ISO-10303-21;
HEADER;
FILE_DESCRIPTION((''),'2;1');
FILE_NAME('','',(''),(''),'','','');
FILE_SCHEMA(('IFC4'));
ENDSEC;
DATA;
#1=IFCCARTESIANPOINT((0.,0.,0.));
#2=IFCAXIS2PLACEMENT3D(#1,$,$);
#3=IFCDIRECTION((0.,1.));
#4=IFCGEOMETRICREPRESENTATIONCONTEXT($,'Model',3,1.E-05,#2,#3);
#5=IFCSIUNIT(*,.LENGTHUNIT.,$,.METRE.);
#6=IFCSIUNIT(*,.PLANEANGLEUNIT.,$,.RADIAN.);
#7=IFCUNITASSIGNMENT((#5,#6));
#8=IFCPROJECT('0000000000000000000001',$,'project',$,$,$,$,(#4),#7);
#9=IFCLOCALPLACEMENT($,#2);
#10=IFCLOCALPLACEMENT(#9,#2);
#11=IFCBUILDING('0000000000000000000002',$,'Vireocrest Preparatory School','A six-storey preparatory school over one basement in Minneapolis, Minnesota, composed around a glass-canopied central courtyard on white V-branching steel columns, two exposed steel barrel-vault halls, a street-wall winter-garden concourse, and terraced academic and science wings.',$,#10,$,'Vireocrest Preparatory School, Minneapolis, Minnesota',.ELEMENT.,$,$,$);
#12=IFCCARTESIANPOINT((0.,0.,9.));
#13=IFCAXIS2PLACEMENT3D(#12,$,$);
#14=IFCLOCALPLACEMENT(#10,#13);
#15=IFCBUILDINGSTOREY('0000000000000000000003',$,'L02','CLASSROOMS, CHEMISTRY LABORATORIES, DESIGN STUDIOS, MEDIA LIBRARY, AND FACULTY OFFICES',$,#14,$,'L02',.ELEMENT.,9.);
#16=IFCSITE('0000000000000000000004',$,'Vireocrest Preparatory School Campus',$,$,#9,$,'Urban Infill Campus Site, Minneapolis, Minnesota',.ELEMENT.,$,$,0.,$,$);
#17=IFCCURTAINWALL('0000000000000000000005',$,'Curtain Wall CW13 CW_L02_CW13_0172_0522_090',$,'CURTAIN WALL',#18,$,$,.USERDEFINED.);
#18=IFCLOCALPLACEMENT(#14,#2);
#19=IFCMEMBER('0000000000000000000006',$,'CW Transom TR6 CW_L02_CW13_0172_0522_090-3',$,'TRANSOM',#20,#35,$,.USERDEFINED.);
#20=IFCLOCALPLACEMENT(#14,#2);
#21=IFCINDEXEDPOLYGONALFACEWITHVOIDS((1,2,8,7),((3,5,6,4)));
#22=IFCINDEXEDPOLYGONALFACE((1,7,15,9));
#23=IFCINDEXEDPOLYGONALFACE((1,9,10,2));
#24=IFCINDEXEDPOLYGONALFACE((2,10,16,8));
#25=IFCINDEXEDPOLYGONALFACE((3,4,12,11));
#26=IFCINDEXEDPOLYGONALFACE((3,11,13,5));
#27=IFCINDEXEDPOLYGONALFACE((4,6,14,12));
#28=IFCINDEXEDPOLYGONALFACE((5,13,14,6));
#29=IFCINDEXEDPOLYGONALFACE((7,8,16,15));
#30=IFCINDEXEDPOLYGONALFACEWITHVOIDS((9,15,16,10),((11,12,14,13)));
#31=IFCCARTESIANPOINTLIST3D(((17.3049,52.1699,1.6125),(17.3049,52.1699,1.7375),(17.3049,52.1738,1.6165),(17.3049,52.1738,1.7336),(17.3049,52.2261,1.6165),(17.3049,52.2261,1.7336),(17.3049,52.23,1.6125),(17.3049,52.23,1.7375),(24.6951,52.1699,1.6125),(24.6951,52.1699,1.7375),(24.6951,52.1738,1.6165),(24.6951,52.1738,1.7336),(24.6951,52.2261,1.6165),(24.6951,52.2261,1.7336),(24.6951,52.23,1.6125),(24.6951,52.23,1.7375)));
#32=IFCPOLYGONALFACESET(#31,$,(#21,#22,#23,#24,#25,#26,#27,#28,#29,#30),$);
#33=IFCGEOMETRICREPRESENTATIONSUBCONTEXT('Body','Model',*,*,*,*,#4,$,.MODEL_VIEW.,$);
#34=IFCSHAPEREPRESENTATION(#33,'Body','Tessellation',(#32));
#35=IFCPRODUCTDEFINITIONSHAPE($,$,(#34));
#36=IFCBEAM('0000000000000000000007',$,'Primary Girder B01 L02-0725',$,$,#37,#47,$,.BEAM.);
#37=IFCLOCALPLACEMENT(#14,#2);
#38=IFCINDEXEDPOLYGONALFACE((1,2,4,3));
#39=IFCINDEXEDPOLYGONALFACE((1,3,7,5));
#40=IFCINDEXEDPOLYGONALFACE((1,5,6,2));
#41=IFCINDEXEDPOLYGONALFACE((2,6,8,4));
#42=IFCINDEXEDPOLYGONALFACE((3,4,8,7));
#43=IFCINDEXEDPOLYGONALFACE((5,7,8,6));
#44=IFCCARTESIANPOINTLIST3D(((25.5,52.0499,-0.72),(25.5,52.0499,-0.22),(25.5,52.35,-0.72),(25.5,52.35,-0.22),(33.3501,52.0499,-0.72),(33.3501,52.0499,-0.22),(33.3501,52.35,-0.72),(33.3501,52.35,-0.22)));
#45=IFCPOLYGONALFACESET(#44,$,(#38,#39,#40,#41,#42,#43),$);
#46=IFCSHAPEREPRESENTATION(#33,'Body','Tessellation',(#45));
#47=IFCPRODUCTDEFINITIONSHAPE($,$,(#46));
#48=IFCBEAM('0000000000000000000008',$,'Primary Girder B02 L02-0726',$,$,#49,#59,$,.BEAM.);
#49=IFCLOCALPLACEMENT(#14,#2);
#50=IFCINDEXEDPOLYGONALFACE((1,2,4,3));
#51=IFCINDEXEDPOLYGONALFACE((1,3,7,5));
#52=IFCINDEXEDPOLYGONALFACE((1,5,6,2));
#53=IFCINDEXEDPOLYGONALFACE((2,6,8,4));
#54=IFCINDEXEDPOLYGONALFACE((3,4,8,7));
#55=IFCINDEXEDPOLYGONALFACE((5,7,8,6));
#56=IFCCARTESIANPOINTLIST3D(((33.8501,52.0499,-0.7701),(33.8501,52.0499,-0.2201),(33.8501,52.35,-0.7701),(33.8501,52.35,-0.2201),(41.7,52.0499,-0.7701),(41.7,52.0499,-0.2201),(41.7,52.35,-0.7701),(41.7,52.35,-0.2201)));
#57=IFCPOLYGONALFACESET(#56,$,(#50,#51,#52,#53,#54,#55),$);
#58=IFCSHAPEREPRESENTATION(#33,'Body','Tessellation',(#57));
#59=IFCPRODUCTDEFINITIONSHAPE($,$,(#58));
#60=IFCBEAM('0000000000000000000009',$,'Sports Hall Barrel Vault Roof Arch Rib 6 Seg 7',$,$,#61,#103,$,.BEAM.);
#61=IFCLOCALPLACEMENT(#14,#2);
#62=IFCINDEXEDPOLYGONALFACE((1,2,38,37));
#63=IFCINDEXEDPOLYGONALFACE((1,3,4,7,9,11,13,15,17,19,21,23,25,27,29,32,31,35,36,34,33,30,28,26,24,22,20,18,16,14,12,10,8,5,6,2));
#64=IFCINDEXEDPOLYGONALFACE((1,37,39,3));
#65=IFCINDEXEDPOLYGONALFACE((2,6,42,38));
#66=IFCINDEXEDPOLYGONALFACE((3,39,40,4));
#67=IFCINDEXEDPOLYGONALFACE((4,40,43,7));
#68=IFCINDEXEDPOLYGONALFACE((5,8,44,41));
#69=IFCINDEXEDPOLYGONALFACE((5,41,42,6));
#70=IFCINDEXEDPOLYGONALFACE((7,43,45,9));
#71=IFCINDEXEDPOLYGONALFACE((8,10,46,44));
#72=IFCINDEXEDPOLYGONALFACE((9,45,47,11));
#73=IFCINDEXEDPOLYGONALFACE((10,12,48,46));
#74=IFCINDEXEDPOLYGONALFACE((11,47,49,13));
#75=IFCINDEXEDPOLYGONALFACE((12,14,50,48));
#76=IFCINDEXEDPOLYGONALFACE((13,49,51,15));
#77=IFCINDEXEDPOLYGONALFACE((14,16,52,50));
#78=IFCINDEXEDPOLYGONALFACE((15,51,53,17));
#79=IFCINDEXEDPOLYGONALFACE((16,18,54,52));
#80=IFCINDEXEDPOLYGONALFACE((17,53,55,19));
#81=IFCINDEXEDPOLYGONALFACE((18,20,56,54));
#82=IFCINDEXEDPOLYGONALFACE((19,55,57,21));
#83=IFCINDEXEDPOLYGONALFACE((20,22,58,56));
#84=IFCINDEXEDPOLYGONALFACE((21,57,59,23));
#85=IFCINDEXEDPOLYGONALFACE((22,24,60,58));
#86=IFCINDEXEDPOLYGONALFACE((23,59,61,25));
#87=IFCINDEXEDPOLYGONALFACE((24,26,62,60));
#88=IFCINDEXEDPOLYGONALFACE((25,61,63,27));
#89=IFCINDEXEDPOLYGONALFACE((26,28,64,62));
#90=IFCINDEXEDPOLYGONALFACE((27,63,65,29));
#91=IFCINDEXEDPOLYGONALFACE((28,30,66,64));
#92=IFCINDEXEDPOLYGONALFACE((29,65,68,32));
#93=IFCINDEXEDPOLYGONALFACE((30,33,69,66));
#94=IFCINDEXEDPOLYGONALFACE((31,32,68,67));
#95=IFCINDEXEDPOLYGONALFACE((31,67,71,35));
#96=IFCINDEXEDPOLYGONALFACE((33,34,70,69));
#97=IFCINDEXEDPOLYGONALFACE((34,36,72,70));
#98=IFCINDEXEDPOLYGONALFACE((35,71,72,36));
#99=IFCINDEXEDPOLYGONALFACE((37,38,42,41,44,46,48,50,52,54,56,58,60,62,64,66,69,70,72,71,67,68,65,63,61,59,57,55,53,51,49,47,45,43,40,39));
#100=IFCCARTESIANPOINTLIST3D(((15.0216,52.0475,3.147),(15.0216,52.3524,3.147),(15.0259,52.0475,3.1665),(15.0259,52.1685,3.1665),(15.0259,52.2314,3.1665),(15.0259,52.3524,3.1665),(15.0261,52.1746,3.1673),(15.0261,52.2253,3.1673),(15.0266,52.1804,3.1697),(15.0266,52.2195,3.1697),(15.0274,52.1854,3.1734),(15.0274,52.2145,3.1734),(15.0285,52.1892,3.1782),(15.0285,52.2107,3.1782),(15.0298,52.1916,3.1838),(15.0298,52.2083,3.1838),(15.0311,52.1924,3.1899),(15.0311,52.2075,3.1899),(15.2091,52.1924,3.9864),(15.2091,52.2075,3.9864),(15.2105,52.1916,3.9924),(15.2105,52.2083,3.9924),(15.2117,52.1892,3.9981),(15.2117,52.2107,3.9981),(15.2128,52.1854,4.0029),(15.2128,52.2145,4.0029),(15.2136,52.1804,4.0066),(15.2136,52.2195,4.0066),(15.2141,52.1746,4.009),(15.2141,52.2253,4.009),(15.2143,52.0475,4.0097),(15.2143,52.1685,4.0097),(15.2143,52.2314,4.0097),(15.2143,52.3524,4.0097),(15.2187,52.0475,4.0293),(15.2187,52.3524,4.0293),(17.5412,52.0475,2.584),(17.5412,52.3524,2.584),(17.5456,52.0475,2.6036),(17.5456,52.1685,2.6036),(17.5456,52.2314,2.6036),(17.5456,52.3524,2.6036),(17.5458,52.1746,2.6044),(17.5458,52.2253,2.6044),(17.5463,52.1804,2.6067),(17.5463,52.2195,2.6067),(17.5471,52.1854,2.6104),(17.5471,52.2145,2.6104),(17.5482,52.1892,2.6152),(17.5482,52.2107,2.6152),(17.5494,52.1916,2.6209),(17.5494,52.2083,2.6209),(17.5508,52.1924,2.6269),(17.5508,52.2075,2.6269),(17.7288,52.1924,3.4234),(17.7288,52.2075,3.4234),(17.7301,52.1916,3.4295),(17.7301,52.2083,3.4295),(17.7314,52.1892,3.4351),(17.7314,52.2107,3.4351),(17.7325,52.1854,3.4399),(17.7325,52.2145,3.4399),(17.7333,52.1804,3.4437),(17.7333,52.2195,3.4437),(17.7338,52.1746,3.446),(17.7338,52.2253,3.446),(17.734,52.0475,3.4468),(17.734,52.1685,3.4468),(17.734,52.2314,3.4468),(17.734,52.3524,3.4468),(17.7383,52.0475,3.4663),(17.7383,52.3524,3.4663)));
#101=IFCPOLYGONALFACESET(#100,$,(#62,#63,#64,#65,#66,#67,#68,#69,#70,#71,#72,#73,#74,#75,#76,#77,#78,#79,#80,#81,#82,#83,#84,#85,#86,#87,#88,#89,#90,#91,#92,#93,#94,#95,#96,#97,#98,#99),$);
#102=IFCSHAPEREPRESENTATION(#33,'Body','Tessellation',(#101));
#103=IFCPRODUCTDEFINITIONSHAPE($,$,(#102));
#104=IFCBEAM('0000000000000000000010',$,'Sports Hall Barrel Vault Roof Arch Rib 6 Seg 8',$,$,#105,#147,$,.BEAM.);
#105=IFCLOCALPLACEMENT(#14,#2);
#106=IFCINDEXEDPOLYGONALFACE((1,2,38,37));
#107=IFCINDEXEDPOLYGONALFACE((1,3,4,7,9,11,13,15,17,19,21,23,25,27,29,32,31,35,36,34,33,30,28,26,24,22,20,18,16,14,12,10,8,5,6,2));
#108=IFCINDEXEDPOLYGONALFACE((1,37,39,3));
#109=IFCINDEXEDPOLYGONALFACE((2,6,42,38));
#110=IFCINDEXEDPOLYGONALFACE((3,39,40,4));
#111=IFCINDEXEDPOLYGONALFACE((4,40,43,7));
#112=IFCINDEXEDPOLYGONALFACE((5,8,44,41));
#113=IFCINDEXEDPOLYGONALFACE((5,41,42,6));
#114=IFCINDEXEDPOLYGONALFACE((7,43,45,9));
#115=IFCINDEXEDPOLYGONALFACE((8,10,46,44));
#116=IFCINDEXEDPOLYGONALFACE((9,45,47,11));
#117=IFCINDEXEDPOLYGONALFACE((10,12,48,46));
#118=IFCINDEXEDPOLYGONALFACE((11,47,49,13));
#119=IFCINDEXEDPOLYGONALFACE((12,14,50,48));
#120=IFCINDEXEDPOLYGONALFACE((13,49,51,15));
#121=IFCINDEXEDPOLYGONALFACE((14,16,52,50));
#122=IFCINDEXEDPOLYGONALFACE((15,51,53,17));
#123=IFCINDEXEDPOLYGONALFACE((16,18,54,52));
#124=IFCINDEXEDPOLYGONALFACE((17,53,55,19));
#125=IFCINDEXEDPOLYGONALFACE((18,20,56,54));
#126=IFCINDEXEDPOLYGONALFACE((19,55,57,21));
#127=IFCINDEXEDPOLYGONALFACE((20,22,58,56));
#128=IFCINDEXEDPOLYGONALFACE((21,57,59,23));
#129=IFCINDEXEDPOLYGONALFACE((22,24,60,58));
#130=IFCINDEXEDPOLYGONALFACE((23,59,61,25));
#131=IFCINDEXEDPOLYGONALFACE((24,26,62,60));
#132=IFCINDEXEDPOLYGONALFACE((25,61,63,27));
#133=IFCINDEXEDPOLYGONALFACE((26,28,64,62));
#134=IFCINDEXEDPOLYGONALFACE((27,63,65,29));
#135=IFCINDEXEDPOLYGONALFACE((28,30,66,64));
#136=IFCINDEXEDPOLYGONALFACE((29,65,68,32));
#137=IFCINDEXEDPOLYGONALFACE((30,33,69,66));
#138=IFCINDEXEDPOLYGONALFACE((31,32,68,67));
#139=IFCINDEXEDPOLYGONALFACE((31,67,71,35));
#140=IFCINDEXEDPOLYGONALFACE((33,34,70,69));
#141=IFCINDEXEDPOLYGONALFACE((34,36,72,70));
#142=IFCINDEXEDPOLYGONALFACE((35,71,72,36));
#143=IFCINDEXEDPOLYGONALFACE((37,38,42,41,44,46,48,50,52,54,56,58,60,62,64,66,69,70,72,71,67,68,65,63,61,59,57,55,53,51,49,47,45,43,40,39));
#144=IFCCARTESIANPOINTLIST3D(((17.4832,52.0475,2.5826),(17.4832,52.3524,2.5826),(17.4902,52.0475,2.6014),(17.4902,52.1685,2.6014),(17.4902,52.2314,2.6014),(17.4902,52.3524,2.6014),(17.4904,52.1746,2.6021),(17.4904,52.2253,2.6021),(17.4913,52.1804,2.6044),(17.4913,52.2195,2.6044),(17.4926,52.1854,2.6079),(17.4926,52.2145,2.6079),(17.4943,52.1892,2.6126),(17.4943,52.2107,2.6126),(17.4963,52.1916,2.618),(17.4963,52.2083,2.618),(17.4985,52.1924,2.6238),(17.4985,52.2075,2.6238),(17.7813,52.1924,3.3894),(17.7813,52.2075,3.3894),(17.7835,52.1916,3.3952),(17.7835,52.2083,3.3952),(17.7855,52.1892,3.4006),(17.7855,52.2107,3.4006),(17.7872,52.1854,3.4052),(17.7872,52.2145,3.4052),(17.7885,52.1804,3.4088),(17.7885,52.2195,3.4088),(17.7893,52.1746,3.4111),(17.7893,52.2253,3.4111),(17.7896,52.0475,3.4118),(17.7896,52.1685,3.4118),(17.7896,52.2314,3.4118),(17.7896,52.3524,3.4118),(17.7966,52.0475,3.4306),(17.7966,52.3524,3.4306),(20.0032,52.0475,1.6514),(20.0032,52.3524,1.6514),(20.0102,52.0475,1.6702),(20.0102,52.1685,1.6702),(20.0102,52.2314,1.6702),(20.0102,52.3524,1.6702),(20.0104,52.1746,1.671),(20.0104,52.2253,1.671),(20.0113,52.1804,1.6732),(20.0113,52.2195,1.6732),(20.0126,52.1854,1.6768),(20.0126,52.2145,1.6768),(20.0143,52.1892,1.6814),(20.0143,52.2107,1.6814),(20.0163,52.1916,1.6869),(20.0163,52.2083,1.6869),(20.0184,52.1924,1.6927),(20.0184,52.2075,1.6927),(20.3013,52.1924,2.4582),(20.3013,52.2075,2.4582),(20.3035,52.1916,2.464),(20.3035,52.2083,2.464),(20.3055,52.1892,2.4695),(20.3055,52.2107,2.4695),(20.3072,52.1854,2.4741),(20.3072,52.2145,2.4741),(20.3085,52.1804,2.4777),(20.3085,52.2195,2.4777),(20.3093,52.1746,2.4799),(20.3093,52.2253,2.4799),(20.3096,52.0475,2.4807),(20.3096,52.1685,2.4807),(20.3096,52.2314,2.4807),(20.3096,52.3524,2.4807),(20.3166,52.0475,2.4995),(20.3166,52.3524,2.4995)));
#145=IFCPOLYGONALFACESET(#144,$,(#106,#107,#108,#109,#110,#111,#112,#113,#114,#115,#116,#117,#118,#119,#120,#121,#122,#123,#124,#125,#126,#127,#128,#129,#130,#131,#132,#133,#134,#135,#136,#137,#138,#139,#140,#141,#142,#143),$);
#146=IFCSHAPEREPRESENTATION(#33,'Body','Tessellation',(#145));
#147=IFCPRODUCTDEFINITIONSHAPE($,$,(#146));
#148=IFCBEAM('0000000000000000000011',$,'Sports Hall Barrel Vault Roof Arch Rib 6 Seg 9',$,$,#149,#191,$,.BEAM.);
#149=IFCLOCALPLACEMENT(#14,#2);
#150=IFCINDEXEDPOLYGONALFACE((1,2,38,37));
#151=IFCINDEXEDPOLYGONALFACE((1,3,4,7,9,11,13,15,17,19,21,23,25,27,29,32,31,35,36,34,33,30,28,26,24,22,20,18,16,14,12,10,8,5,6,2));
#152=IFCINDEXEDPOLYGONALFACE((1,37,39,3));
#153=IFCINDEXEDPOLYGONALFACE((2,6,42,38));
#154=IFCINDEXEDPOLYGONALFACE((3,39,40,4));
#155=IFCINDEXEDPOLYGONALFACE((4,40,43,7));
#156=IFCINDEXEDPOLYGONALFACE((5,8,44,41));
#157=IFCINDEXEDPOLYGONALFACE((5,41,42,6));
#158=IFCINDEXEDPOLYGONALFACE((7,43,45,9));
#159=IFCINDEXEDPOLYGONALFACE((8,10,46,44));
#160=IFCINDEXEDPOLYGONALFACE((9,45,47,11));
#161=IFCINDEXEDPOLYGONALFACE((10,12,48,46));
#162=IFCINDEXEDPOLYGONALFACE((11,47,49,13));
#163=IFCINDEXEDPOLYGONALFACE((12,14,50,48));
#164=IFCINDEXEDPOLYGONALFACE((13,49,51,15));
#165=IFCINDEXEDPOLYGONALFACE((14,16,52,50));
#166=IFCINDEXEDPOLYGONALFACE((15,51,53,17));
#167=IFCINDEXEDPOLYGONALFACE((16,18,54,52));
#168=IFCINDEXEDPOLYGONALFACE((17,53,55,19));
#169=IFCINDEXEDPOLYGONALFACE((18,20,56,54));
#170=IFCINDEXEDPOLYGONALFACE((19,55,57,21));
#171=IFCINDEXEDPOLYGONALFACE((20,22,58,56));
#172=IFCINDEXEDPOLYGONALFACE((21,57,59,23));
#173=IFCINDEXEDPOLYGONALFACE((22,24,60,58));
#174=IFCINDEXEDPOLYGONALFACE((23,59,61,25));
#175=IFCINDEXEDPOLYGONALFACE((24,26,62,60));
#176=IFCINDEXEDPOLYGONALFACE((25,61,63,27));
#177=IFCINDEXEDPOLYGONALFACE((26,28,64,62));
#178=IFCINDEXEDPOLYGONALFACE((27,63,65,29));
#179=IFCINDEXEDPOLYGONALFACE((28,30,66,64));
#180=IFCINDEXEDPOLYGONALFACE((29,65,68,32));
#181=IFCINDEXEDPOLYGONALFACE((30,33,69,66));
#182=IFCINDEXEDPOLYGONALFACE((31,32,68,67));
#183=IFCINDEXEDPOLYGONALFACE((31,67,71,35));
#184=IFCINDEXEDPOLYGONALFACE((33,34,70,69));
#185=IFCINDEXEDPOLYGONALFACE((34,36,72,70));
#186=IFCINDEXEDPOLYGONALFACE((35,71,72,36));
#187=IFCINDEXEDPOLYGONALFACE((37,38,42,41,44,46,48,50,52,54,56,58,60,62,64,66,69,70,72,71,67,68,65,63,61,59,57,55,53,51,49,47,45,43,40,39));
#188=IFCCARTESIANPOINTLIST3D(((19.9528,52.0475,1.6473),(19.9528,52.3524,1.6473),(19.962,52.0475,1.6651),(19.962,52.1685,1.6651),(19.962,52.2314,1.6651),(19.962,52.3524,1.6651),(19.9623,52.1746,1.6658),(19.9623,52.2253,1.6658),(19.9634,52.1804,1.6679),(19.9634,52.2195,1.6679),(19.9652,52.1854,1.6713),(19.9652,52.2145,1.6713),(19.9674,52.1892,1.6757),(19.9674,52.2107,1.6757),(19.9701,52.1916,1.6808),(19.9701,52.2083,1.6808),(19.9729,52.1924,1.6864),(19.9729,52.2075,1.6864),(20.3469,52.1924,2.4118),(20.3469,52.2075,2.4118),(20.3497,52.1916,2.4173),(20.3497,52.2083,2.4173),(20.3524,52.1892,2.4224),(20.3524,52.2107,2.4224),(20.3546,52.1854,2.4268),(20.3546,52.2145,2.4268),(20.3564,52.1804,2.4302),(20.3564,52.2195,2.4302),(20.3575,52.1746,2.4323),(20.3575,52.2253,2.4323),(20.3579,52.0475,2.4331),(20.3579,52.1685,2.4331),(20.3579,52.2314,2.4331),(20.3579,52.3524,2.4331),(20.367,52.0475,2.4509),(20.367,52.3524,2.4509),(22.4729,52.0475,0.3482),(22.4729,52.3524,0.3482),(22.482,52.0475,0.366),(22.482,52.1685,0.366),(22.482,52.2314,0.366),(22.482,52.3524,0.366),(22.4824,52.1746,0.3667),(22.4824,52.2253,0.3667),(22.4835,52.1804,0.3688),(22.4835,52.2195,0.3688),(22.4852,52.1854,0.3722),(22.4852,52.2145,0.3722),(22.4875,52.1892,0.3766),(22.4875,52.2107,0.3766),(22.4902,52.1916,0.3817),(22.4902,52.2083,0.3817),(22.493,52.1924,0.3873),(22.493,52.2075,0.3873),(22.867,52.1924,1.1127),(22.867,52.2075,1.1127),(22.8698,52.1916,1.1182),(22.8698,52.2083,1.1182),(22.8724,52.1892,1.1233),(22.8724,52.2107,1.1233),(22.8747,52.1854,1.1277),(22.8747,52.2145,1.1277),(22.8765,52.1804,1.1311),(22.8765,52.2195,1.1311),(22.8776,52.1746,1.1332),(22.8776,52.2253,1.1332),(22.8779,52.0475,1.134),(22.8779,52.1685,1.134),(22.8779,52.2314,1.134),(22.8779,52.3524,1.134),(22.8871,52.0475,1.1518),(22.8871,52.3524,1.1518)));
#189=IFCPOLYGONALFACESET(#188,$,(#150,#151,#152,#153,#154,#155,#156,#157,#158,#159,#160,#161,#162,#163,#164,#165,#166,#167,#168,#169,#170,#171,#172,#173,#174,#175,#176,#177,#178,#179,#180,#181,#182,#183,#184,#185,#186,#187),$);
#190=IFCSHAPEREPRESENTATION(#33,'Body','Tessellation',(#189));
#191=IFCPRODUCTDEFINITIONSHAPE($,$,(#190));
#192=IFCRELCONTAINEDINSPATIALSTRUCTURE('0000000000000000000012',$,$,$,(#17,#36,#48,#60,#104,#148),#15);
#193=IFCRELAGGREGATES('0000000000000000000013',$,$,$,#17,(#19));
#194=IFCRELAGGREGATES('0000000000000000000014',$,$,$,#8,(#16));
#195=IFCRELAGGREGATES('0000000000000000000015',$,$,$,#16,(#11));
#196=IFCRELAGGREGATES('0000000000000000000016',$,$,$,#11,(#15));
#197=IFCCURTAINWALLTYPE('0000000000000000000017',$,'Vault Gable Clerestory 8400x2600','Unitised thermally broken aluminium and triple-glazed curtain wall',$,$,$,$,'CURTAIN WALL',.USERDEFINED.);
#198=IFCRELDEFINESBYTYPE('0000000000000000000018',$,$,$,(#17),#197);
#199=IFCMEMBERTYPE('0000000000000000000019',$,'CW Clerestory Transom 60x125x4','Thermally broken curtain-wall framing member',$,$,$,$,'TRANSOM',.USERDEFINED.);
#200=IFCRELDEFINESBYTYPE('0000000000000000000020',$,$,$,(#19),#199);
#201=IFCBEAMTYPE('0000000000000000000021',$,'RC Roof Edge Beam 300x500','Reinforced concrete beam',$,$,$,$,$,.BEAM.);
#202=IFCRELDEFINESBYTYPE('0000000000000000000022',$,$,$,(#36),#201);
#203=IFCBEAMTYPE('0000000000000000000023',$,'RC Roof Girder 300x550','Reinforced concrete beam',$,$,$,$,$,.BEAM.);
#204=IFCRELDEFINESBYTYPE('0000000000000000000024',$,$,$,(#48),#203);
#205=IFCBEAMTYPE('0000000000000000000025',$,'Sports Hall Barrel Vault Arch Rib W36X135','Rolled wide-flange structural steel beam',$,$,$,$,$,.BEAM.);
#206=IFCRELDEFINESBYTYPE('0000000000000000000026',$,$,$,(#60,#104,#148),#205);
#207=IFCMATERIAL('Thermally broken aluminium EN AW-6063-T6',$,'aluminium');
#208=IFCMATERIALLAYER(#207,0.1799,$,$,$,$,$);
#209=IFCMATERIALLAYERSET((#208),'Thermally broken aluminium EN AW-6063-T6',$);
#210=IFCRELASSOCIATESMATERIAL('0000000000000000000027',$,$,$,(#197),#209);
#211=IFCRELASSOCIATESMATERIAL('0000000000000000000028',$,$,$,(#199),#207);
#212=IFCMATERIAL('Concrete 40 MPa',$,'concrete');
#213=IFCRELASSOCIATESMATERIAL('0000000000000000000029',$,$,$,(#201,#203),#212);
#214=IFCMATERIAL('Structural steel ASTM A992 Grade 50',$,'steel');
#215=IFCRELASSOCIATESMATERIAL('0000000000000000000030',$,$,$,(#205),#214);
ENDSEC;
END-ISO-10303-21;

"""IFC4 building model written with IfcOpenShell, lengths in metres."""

from ifc_helpers import new_model, si_unit, direction, frame, origin, origin_2d, place, context, subcontext, project, spatial, rectangle, hollow_rectangle, i_section, extrude, material, layer, layer_set, material_profile, profile_set, type_object, element, aggregate, save


model = new_model("IFC4")

# Units and contexts
model_context = context("Model", 3, precision=1e-05, world=origin(), true_north=direction((0.0, 1.0)))
body_context = subcontext(model_context, "Body", "Model", "MODEL_VIEW")
ifc_project = project(units=[si_unit("LENGTHUNIT", "METRE"), si_unit("PLANEANGLEUNIT", "RADIAN")], contexts=[model_context])

# Site, building, storey
site_placement = place(None, origin())
site = spatial("IfcSite", under=ifc_project, at=site_placement, Name="Vireocrest Preparatory School Campus", LongName="Urban Infill Campus Site, Minneapolis, Minnesota", CompositionType="ELEMENT", RefElevation=0.0)
building_placement = place(site_placement, origin())
building = spatial("IfcBuilding", under=site, at=building_placement, Name="Vireocrest Preparatory School", Description="A six-storey preparatory school over one basement in Minneapolis, Minnesota, composed around a glass-canopied central courtyard on white V-branching steel columns, two exposed steel barrel-vault halls, a street-wall winter-garden concourse, and terraced academic and science wings.", LongName="Vireocrest Preparatory School, Minneapolis, Minnesota", CompositionType="ELEMENT")
storey_placement = place(building_placement, frame((0.0, 0.0, 9.0)))
storey = spatial("IfcBuildingStorey", under=building, at=storey_placement, Name="L02", Description="CLASSROOMS, CHEMISTRY LABORATORIES, DESIGN STUDIOS, MEDIA LIBRARY, AND FACULTY OFFICES", LongName="L02", CompositionType="ELEMENT", Elevation=9.0)

# Curtain wall, member
ifc_material_1 = material(Name="Thermally broken aluminium EN AW-6063-T6", Category="aluminium")
ifc_layer_1 = layer(ifc_material_1, 0.1799)
ifc_layer_set_1 = layer_set([ifc_layer_1], Name="Thermally broken aluminium EN AW-6063-T6")
curtain_wall_type_1 = type_object("IfcCurtainWallType", Name="Vault Gable Clerestory 8400x2600", Description="Unitised thermally broken aluminium and triple-glazed curtain wall", ElementType="CURTAIN WALL", PredefinedType="USERDEFINED", material=ifc_layer_set_1)
curtain_wall_1_placement = place(storey_placement, origin())
curtain_wall_1 = element("IfcCurtainWall", 1, at=curtain_wall_1_placement, inside=storey, type_object=curtain_wall_type_1, Name="Curtain Wall CW13 CW_L02_CW13_0172_0522_090", ObjectType="CURTAIN WALL", PredefinedType="USERDEFINED")
ifc_material_profile_1 = material_profile(ifc_material_1, hollow_rectangle(XDim=0.0601, YDim=0.125, WallThickness=0.0039, at=origin_2d()), Name="ALU 60x125x4")
ifc_profile_set_1 = profile_set([ifc_material_profile_1], Name="Thermally broken aluminium EN AW-6063-T6")
member_type_1 = type_object("IfcMemberType", Name="CW Clerestory Transom 60x125x4", Description="Thermally broken curtain-wall framing member", ElementType="TRANSOM", PredefinedType="USERDEFINED", material=ifc_profile_set_1)
member_1_placement = place(storey_placement, frame((17.3049, 52.2, 1.675), z_axis=(1.0, 0.0, 0.0), x_axis=(0.0, 1.0, 0.0)))
member_1 = element("IfcMember", 2, at=member_1_placement, type_object=member_type_1, Name="CW Transom TR6 CW_L02_CW13_0172_0522_090-3", ObjectType="TRANSOM", PredefinedType="USERDEFINED", context=body_context, shape_type="SweptSolid", body=[
    extrude(hollow_rectangle(XDim=0.0601, YDim=0.125, WallThickness=0.0039, at=origin_2d()), origin(), (0.0, 0.0, 1.0), 7.3901),
])

# Beams
ifc_material_2 = material(Name="Concrete 40 MPa", Category="concrete")
ifc_material_profile_2 = material_profile(ifc_material_2, rectangle(XDim=0.3, YDim=0.5, at=origin_2d()), Name="RC 300x500")
ifc_profile_set_2 = profile_set([ifc_material_profile_2], Name="Concrete 40 MPa")
beam_type_1 = type_object("IfcBeamType", Name="RC Roof Edge Beam 300x500", Description="Reinforced concrete beam", PredefinedType="BEAM", material=ifc_profile_set_2)
beam_1_placement = place(storey_placement, frame((25.5, 52.2, -0.47), z_axis=(1.0, 0.0, 0.0), x_axis=(0.0, 1.0, 0.0)))
element("IfcBeam", 3, at=beam_1_placement, inside=storey, type_object=beam_type_1, Name="Primary Girder B01 L02-0725", PredefinedType="BEAM", context=body_context, shape_type="SweptSolid", body=[
    extrude(rectangle(XDim=0.3, YDim=0.5, at=origin_2d()), origin(), (0.0, 0.0, 1.0), 7.8501),
])
ifc_material_profile_3 = material_profile(ifc_material_2, rectangle(XDim=0.3, YDim=0.55, at=origin_2d()), Name="RC 300x550")
ifc_profile_set_3 = profile_set([ifc_material_profile_3], Name="Concrete 40 MPa")
beam_type_2 = type_object("IfcBeamType", Name="RC Roof Girder 300x550", Description="Reinforced concrete beam", PredefinedType="BEAM", material=ifc_profile_set_3)
beam_2_placement = place(storey_placement, frame((33.8501, 52.2, -0.4951), z_axis=(1.0, 0.0, 0.0), x_axis=(0.0, 1.0, 0.0)))
element("IfcBeam", 4, at=beam_2_placement, inside=storey, type_object=beam_type_2, Name="Primary Girder B02 L02-0726", PredefinedType="BEAM", context=body_context, shape_type="SweptSolid", body=[
    extrude(rectangle(XDim=0.3, YDim=0.55, at=origin_2d()), origin(), (0.0, 0.0, 1.0), 7.8499),
])
ifc_material_3 = material(Name="Structural steel ASTM A992 Grade 50", Category="steel")
ifc_material_profile_4 = material_profile(ifc_material_3, i_section(OverallWidth=0.3049, OverallDepth=0.9041, WebThickness=0.0151, FlangeThickness=0.02, FilletRadius=0.0239, at=origin_2d()), Name="W36X135")
ifc_profile_set_4 = profile_set([ifc_material_profile_4], Name="Structural steel ASTM A992 Grade 50")
beam_type_3 = type_object("IfcBeamType", Name="Sports Hall Barrel Vault Arch Rib W36X135", Description="Rolled wide-flange structural steel beam", PredefinedType="BEAM", material=ifc_profile_set_4)
beam_3_placement = place(storey_placement, frame((15.1201, 52.2, 3.5881), z_axis=(0.975937, 0.0, -0.218052), x_axis=(0.0, 1.0, 0.0)))
element("IfcBeam", 5, at=beam_3_placement, inside=storey, type_object=beam_type_3, Name="Sports Hall Barrel Vault Roof Arch Rib 6 Seg 7", PredefinedType="BEAM", context=body_context, shape_type="SweptSolid", body=[
    extrude(i_section(OverallWidth=0.3049, OverallDepth=0.9041, WebThickness=0.0151, FlangeThickness=0.02, FilletRadius=0.0239, at=origin_2d()), origin(), (0.0, 0.0, 1.0), 2.5818),
])
beam_4_placement = place(storey_placement, frame((17.6399, 52.2, 3.0066), z_axis=(0.938014, 0.0, -0.346598), x_axis=(0.0, 1.0, 0.0)))
element("IfcBeam", 6, at=beam_4_placement, inside=storey, type_object=beam_type_3, Name="Sports Hall Barrel Vault Roof Arch Rib 6 Seg 8", PredefinedType="BEAM", context=body_context, shape_type="SweptSolid", body=[
    extrude(i_section(OverallWidth=0.3049, OverallDepth=0.9041, WebThickness=0.0151, FlangeThickness=0.02, FilletRadius=0.0239, at=origin_2d()), origin(), (0.0, 0.0, 1.0), 2.6865),
])
beam_5_placement = place(storey_placement, frame((20.1599, 52.2, 2.0491), z_axis=(0.888848, 0.0, -0.458202), x_axis=(0.0, 1.0, 0.0)))
element("IfcBeam", 7, at=beam_5_placement, inside=storey, type_object=beam_type_3, Name="Sports Hall Barrel Vault Roof Arch Rib 6 Seg 9", PredefinedType="BEAM", context=body_context, shape_type="SweptSolid", body=[
    extrude(i_section(OverallWidth=0.3049, OverallDepth=0.9041, WebThickness=0.0151, FlangeThickness=0.02, FilletRadius=0.0239, at=origin_2d()), origin(), (0.0, 0.0, 1.0), 2.8352),
])

aggregate(curtain_wall_1, [member_1])

save(model, "model.ifc")
